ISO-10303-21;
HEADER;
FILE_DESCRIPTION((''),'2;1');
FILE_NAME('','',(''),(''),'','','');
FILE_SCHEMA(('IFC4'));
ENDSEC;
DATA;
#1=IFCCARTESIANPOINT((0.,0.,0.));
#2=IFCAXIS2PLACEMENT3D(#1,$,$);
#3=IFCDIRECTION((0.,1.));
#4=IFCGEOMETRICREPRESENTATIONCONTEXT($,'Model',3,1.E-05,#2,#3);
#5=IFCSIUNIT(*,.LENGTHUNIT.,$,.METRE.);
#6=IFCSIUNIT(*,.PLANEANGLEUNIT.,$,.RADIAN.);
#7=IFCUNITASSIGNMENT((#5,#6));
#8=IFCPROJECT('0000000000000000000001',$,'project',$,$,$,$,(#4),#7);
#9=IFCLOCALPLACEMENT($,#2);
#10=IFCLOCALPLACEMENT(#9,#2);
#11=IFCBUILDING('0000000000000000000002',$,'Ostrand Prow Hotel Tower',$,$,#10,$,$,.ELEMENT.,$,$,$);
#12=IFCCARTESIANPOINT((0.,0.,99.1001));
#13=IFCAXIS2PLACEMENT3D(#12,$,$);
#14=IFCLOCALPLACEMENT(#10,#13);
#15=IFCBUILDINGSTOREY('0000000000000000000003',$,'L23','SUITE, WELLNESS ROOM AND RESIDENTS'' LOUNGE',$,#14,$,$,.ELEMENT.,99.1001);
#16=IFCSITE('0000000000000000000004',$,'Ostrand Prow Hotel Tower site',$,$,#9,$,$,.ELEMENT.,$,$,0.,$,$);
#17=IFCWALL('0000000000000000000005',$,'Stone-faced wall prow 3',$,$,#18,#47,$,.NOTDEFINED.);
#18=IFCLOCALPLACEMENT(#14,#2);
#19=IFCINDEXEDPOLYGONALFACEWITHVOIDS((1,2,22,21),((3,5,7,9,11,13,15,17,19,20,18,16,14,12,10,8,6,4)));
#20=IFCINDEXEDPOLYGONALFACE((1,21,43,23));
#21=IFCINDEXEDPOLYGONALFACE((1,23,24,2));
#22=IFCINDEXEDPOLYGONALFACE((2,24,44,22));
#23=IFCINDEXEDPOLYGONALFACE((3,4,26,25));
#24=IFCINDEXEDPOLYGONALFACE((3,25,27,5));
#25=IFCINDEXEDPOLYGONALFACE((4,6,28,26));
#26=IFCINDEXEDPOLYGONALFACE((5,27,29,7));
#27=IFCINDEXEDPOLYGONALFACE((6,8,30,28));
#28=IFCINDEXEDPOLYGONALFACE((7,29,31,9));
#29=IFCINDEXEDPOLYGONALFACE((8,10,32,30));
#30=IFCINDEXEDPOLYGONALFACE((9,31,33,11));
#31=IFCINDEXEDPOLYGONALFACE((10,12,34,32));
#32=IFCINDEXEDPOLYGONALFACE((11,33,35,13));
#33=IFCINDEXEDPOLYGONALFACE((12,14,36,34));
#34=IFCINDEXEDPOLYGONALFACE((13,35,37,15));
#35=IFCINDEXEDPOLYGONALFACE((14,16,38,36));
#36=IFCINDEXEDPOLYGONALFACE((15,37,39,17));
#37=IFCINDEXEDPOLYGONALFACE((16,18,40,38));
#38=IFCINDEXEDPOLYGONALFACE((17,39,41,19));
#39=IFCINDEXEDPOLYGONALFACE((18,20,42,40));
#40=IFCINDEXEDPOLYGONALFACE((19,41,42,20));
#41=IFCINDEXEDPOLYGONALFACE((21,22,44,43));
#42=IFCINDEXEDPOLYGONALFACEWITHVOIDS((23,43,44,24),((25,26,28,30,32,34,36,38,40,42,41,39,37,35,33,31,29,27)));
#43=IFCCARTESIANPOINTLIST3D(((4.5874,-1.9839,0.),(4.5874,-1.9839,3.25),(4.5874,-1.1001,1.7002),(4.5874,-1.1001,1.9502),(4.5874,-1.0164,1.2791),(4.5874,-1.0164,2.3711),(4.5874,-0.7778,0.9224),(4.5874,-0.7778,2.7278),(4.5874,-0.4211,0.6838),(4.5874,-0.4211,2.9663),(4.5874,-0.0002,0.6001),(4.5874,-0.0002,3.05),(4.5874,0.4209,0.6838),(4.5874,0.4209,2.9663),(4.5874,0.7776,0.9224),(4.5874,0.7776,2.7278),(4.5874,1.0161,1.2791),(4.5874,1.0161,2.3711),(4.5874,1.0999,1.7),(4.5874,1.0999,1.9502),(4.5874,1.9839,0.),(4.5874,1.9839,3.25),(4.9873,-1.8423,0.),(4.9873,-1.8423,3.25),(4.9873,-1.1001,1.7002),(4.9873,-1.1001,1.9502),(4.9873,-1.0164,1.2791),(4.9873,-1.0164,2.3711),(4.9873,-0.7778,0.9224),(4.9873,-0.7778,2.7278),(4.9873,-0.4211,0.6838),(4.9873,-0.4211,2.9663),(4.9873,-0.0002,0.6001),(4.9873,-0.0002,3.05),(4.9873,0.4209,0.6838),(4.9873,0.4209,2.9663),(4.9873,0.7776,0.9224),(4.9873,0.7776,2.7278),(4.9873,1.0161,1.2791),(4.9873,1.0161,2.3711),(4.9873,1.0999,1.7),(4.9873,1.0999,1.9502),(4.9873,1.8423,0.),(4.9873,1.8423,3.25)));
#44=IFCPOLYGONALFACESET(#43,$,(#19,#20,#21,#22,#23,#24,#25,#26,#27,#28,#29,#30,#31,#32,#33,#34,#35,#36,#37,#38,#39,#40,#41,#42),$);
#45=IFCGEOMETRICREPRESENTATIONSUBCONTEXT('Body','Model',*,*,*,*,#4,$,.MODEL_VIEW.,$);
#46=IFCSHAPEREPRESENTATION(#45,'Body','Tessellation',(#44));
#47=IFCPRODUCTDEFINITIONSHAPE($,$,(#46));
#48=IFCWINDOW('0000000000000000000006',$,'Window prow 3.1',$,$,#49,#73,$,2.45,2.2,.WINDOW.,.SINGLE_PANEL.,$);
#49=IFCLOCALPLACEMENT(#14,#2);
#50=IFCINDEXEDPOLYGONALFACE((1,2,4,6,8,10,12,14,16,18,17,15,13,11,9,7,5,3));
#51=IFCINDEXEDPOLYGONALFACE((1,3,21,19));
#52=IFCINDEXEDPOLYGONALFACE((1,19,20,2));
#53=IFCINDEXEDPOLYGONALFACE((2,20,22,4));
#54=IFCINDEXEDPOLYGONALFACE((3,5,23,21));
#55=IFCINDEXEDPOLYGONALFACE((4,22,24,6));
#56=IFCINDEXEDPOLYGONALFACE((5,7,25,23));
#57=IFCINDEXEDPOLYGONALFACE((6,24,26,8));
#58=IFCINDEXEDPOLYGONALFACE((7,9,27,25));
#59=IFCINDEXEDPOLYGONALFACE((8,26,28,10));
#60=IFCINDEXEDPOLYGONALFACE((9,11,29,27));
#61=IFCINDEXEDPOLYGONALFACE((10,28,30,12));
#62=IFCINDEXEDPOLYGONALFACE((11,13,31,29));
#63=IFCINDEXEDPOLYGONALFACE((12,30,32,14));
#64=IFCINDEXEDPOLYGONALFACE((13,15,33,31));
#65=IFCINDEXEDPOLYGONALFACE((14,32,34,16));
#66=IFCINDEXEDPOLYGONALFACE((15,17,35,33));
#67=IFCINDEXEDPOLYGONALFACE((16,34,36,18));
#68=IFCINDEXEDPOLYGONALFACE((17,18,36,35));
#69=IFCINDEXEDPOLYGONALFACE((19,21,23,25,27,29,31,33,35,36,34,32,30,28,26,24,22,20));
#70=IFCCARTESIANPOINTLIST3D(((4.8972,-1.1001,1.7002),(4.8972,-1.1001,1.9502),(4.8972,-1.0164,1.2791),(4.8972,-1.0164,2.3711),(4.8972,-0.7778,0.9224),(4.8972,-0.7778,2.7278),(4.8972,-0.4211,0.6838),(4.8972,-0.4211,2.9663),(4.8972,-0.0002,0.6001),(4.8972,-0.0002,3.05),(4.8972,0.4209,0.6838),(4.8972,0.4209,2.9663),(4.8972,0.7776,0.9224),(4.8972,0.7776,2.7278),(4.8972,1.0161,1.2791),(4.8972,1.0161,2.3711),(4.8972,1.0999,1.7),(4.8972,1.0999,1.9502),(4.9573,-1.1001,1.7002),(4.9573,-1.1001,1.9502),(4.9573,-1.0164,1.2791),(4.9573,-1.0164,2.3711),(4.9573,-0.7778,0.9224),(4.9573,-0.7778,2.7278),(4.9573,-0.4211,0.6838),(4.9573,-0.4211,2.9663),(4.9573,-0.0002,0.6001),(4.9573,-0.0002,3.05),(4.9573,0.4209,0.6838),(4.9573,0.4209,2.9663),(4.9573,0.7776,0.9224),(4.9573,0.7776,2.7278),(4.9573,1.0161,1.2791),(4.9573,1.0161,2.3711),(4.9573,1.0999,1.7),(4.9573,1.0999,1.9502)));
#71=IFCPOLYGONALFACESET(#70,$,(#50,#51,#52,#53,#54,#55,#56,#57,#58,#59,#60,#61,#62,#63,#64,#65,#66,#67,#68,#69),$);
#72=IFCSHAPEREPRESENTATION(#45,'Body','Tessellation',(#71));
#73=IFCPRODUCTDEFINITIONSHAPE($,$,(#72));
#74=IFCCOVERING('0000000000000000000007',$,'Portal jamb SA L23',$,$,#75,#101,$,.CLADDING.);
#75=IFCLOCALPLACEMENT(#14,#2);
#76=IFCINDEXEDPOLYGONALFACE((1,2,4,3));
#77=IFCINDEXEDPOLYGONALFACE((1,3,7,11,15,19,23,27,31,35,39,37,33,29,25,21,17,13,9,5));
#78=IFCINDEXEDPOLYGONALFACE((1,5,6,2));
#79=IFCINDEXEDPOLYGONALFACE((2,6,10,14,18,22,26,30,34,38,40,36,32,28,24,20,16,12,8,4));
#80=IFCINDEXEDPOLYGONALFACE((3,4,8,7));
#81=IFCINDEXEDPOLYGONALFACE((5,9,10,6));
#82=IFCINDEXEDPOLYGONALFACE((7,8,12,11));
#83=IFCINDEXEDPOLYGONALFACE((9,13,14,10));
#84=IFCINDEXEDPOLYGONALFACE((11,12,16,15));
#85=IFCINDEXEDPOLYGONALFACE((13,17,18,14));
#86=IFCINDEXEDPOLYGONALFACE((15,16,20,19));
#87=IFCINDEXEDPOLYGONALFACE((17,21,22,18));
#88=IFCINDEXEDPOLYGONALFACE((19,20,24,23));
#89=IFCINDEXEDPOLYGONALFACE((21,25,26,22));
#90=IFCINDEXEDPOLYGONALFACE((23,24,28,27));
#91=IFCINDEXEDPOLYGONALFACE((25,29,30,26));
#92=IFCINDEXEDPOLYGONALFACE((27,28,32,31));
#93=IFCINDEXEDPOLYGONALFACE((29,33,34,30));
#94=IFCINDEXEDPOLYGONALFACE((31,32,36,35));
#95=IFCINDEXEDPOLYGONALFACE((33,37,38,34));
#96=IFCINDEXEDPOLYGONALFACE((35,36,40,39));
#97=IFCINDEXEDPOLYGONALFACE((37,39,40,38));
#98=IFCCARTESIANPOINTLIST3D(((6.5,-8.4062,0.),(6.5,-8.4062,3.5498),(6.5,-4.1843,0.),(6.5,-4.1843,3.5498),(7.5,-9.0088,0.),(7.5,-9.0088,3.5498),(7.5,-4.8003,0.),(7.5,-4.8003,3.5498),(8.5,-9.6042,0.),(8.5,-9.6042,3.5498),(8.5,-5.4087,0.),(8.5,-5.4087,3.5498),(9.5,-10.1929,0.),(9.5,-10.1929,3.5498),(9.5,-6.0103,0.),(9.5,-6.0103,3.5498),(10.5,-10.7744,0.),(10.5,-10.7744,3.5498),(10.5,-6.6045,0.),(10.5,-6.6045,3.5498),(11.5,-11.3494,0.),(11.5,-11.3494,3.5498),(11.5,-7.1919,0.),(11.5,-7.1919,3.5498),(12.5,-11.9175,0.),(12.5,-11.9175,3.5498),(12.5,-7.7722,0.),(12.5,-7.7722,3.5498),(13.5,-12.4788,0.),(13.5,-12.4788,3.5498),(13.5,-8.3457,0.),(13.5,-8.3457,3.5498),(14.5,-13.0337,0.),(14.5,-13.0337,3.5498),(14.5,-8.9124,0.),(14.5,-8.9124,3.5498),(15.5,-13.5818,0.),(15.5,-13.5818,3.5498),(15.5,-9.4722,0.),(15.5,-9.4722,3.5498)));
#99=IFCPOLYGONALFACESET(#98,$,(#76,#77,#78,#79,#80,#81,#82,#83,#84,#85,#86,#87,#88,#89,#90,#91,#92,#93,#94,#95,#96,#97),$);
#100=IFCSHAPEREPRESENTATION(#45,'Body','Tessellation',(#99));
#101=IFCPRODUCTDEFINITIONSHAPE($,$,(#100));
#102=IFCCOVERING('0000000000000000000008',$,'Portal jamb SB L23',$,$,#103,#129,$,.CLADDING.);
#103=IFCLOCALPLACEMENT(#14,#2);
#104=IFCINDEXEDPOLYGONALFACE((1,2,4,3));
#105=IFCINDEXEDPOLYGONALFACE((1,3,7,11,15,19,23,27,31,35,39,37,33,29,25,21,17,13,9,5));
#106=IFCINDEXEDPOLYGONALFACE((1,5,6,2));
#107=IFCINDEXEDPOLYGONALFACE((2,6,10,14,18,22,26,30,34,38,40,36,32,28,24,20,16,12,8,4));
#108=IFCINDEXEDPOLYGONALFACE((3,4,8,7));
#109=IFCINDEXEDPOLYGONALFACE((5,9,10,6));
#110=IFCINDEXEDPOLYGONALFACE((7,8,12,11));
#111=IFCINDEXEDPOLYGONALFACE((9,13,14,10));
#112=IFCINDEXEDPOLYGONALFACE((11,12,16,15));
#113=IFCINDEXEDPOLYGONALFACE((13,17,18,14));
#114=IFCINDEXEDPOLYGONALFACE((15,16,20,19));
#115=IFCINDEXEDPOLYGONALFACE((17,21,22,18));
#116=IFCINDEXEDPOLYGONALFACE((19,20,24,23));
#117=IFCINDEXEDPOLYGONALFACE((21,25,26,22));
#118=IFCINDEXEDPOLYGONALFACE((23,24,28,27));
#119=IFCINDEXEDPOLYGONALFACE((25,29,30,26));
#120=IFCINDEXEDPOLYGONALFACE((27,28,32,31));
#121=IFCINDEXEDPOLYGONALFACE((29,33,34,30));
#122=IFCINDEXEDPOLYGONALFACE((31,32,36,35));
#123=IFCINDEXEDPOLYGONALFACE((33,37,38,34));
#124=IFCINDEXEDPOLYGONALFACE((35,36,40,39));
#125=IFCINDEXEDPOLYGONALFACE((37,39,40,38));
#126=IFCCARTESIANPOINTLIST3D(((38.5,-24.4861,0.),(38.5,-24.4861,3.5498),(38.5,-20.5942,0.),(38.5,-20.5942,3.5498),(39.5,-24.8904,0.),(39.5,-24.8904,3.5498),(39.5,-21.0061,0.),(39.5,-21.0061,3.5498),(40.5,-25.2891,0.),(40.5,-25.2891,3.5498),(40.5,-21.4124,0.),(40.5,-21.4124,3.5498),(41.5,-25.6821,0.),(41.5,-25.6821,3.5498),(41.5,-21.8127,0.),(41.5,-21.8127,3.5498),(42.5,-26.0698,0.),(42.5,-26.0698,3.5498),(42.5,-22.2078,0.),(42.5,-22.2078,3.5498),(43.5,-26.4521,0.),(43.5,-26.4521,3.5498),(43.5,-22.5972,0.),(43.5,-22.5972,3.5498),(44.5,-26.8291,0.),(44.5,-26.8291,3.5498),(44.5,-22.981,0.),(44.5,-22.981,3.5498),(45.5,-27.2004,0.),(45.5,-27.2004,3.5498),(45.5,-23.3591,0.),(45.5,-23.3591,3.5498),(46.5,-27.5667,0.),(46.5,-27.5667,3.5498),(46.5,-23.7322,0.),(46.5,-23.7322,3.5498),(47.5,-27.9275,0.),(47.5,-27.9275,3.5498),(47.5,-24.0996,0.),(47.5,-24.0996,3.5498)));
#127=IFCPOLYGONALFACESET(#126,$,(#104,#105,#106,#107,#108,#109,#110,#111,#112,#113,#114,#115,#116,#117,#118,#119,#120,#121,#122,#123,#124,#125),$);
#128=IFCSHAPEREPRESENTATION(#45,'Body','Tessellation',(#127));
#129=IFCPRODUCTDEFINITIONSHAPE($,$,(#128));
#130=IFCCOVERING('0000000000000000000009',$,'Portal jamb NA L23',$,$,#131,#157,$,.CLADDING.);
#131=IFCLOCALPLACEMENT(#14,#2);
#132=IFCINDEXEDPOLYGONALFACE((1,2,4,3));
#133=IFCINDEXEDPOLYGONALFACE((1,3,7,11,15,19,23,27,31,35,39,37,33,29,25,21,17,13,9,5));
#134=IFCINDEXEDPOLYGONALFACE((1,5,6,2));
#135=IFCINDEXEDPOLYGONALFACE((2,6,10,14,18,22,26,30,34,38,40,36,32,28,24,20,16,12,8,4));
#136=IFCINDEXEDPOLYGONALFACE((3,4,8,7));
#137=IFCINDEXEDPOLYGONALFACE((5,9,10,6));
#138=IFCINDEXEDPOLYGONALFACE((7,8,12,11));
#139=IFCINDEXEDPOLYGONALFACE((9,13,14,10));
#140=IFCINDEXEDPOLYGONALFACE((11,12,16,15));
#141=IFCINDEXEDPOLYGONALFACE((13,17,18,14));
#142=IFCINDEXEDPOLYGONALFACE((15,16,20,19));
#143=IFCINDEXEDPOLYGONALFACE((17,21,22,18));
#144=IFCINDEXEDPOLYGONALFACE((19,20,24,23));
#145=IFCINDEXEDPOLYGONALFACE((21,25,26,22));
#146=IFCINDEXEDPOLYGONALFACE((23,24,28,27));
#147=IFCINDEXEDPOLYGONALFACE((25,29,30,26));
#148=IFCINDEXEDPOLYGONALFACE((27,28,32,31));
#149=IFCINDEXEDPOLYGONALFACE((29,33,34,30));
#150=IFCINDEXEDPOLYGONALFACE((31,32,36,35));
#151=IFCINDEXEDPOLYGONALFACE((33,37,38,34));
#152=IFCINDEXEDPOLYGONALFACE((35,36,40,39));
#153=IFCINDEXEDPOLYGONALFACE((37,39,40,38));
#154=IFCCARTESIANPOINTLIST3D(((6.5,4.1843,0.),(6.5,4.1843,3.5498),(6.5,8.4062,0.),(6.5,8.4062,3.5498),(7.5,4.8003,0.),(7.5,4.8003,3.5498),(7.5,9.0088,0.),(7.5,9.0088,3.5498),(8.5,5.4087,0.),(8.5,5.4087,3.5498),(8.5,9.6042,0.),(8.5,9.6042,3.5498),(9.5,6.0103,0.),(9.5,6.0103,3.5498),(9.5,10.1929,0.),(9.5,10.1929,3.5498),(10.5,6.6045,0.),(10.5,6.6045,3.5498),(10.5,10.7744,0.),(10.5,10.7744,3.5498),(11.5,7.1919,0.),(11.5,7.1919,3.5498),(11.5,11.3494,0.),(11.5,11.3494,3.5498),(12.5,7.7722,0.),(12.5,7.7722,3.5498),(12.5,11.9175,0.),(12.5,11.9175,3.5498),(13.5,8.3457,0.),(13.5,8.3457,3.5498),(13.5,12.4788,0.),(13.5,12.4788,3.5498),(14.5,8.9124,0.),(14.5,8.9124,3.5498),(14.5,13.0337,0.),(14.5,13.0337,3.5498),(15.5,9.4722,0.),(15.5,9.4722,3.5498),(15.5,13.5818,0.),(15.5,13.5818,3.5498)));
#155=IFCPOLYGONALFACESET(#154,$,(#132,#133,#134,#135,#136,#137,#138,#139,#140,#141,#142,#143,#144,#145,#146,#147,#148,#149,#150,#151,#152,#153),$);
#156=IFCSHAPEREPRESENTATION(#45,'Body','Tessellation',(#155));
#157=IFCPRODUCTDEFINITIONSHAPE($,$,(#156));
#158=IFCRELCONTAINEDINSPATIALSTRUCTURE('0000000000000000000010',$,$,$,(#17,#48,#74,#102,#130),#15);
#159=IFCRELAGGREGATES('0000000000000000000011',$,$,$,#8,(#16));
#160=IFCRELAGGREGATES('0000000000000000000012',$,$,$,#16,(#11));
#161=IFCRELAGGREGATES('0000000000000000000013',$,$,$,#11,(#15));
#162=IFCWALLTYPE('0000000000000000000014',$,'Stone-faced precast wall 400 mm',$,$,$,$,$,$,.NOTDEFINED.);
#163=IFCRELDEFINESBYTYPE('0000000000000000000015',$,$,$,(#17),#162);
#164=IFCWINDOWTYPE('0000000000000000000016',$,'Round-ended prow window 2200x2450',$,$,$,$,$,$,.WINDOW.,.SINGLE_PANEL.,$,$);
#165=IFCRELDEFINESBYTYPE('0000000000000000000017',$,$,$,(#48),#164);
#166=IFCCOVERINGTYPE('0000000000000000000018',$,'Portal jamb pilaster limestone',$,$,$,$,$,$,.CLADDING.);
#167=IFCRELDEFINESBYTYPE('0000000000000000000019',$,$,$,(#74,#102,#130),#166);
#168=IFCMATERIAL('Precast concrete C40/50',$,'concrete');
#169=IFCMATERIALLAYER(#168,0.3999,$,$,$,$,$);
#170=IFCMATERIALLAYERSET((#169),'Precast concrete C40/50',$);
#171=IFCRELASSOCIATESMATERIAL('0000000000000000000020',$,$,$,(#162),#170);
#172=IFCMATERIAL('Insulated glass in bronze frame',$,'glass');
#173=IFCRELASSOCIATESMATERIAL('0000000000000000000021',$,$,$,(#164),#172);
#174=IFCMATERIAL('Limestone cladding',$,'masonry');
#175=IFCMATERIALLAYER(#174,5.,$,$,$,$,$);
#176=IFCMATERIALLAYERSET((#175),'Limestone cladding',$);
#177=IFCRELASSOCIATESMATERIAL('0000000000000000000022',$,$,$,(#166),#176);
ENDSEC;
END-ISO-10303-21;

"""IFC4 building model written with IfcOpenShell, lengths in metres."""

from ifc_helpers import new_model, si_unit, direction, frame, origin, place, context, subcontext, project, spatial, polyline, outline, extrude, material, layer, layer_set, type_object, element, fill, save


model = new_model("IFC4")

# Units and contexts
model_context = context("Model", 3, precision=1e-05, world=origin(), true_north=direction((0.0, 1.0)))
body_context = subcontext(model_context, "Body", "Model", "MODEL_VIEW")
ifc_project = project(units=[si_unit("LENGTHUNIT", "METRE"), si_unit("PLANEANGLEUNIT", "RADIAN")], contexts=[model_context])

# Site, building, storey
site_placement = place(None, origin())
site = spatial("IfcSite", under=ifc_project, at=site_placement, Name="Ostrand Prow Hotel Tower site", CompositionType="ELEMENT", RefElevation=0.0)
building_placement = place(site_placement, origin())
building = spatial("IfcBuilding", under=site, at=building_placement, Name="Ostrand Prow Hotel Tower", CompositionType="ELEMENT")
storey_placement = place(building_placement, frame((0.0, 0.0, 99.1001)))
storey = spatial("IfcBuildingStorey", under=building, at=storey_placement, Name="L23", Description="SUITE, WELLNESS ROOM AND RESIDENTS' LOUNGE", CompositionType="ELEMENT", Elevation=99.1001)

# Wall, opening, window
ifc_material_1 = material(Name="Precast concrete C40/50", Category="concrete")
ifc_layer_1 = layer(ifc_material_1, 0.3999)
ifc_layer_set_1 = layer_set([ifc_layer_1], Name="Precast concrete C40/50")
wall_type_1 = type_object("IfcWallType", Name="Stone-faced precast wall 400 mm", PredefinedType="NOTDEFINED", material=ifc_layer_set_1)
ifc_material_2 = material(Name="Insulated glass in bronze frame", Category="glass")
window_type = type_object("IfcWindowType", Name="Round-ended prow window 2200x2450", PartitioningType="SINGLE_PANEL", PredefinedType="WINDOW", material=ifc_material_2)
wall_1_placement = place(storey_placement, frame((4.7874, 1.9131, 0.0), z_axis=(0.0, 0.0, 1.0), x_axis=(0.0, -1.0, 0.0)))
wall_1 = element("IfcWall", 1, at=wall_1_placement, inside=storey, type_object=wall_type_1, Name="Stone-faced wall prow 3", PredefinedType="NOTDEFINED", context=body_context, shape_type="SweptSolid", body=[
    extrude(outline(polyline([(-0.0708, -0.2), (3.897, -0.2), (3.7554, 0.2), (0.0708, 0.2), (-0.0708, -0.2)])), origin(), (0.0, 0.0, 1.0), 3.25),
])
opening_1_placement = place(wall_1_placement, frame((0.8132, 0.0, 0.6001)))
opening_1 = element("IfcOpeningElement", 2, at=opening_1_placement, cuts=wall_1, PredefinedType="OPENING", context=body_context, shape_type="SweptSolid", body=[
    extrude(outline(polyline([(0.0, 1.3501), (0.0837, 1.771), (0.3223, 2.1277), (0.679, 2.3662), (1.1001, 2.45), (1.521, 2.3662), (1.8777, 2.1277), (2.1162, 1.771), (2.2, 1.3501), (2.2, 1.1001), (2.1162, 0.679), (1.8777, 0.3223), (1.521, 0.0837), (1.1001, 0.0), (0.679, 0.0837), (0.3223, 0.3223), (0.0837, 0.679), (0.0, 1.0999), (0.0, 1.3501)])), frame((0.0, 0.21, 0.0), z_axis=(0.0, -1.0, 0.0), x_axis=(1.0, 0.0, 0.0)), (0.0, 0.0, 1.0), 0.4199),
])
window_1_placement = place(opening_1_placement, origin())
window_1 = element("IfcWindow", 3, at=window_1_placement, inside=storey, type_object=window_type, Name="Window prow 3.1", OverallHeight=2.45, OverallWidth=2.2, PartitioningType="SINGLE_PANEL", PredefinedType="WINDOW", context=body_context, shape_type="SweptSolid", body=[
    extrude(outline(polyline([(0.0, 1.3501), (0.0837, 1.771), (0.3223, 2.1277), (0.679, 2.3662), (1.1001, 2.45), (1.521, 2.3662), (1.8777, 2.1277), (2.1162, 1.771), (2.2, 1.3501), (2.2, 1.1001), (2.1162, 0.679), (1.8777, 0.3223), (1.521, 0.0837), (1.1001, 0.0), (0.679, 0.0837), (0.3223, 0.3223), (0.0837, 0.679), (0.0, 1.0999), (0.0, 1.3501)])), frame((0.0, 0.1699, 0.0), z_axis=(0.0, -1.0, 0.0), x_axis=(1.0, 0.0, 0.0)), (0.0, 0.0, 1.0), 0.0601),
])
fill(opening_1, window_1)

# Coverings
ifc_material_3 = material(Name="Limestone cladding", Category="masonry")
ifc_layer_2 = layer(ifc_material_3, 5.0)
ifc_layer_set_2 = layer_set([ifc_layer_2], Name="Limestone cladding")
covering_type_1 = type_object("IfcCoveringType", Name="Portal jamb pilaster limestone", PredefinedType="CLADDING", material=ifc_layer_set_2)
covering_1_placement = place(storey_placement, origin())
element("IfcCovering", 4, at=covering_1_placement, inside=storey, type_object=covering_type_1, Name="Portal jamb SA L23", PredefinedType="CLADDING", context=body_context, shape_type="SweptSolid", body=[
    extrude(outline(polyline([(6.5, -4.1843), (6.5, -8.4062), (7.5, -9.0088), (8.5, -9.6042), (9.5, -10.1929), (10.5, -10.7744), (11.5, -11.3494), (12.5, -11.9175), (13.5, -12.4788), (14.5, -13.0337), (15.5, -13.5818), (15.5, -9.4722), (14.5, -8.9124), (13.5, -8.3457), (12.5, -7.7722), (11.5, -7.1919), (10.5, -6.6045), (9.5, -6.0103), (8.5, -5.4087), (7.5, -4.8003), (6.5, -4.1843)])), origin(), (0.0, 0.0, 1.0), 3.5498),
])
covering_2_placement = place(storey_placement, origin())
element("IfcCovering", 5, at=covering_2_placement, inside=storey, type_object=covering_type_1, Name="Portal jamb SB L23", PredefinedType="CLADDING", context=body_context, shape_type="SweptSolid", body=[
    extrude(outline(polyline([(38.5, -20.5942), (38.5, -24.4861), (39.5, -24.8904), (40.5, -25.2891), (41.5, -25.6821), (42.5, -26.0698), (43.5, -26.4521), (44.5, -26.8291), (45.5, -27.2004), (46.5, -27.5667), (47.5, -27.9275), (47.5, -24.0996), (46.5, -23.7322), (45.5, -23.3591), (44.5, -22.981), (43.5, -22.5972), (42.5, -22.2078), (41.5, -21.8127), (40.5, -21.4124), (39.5, -21.0061), (38.5, -20.5942)])), origin(), (0.0, 0.0, 1.0), 3.5498),
])
covering_3_placement = place(storey_placement, origin())
element("IfcCovering", 6, at=covering_3_placement, inside=storey, type_object=covering_type_1, Name="Portal jamb NA L23", PredefinedType="CLADDING", context=body_context, shape_type="SweptSolid", body=[
    extrude(outline(polyline([(6.5, 4.1843), (7.5, 4.8003), (8.5, 5.4087), (9.5, 6.0103), (10.5, 6.6045), (11.5, 7.1919), (12.5, 7.7722), (13.5, 8.3457), (14.5, 8.9124), (15.5, 9.4722), (15.5, 13.5818), (14.5, 13.0337), (13.5, 12.4788), (12.5, 11.9175), (11.5, 11.3494), (10.5, 10.7744), (9.5, 10.1929), (8.5, 9.6042), (7.5, 9.0088), (6.5, 8.4062), (6.5, 4.1843)])), origin(), (0.0, 0.0, 1.0), 3.5498),
])

save(model, "model.ifc")
